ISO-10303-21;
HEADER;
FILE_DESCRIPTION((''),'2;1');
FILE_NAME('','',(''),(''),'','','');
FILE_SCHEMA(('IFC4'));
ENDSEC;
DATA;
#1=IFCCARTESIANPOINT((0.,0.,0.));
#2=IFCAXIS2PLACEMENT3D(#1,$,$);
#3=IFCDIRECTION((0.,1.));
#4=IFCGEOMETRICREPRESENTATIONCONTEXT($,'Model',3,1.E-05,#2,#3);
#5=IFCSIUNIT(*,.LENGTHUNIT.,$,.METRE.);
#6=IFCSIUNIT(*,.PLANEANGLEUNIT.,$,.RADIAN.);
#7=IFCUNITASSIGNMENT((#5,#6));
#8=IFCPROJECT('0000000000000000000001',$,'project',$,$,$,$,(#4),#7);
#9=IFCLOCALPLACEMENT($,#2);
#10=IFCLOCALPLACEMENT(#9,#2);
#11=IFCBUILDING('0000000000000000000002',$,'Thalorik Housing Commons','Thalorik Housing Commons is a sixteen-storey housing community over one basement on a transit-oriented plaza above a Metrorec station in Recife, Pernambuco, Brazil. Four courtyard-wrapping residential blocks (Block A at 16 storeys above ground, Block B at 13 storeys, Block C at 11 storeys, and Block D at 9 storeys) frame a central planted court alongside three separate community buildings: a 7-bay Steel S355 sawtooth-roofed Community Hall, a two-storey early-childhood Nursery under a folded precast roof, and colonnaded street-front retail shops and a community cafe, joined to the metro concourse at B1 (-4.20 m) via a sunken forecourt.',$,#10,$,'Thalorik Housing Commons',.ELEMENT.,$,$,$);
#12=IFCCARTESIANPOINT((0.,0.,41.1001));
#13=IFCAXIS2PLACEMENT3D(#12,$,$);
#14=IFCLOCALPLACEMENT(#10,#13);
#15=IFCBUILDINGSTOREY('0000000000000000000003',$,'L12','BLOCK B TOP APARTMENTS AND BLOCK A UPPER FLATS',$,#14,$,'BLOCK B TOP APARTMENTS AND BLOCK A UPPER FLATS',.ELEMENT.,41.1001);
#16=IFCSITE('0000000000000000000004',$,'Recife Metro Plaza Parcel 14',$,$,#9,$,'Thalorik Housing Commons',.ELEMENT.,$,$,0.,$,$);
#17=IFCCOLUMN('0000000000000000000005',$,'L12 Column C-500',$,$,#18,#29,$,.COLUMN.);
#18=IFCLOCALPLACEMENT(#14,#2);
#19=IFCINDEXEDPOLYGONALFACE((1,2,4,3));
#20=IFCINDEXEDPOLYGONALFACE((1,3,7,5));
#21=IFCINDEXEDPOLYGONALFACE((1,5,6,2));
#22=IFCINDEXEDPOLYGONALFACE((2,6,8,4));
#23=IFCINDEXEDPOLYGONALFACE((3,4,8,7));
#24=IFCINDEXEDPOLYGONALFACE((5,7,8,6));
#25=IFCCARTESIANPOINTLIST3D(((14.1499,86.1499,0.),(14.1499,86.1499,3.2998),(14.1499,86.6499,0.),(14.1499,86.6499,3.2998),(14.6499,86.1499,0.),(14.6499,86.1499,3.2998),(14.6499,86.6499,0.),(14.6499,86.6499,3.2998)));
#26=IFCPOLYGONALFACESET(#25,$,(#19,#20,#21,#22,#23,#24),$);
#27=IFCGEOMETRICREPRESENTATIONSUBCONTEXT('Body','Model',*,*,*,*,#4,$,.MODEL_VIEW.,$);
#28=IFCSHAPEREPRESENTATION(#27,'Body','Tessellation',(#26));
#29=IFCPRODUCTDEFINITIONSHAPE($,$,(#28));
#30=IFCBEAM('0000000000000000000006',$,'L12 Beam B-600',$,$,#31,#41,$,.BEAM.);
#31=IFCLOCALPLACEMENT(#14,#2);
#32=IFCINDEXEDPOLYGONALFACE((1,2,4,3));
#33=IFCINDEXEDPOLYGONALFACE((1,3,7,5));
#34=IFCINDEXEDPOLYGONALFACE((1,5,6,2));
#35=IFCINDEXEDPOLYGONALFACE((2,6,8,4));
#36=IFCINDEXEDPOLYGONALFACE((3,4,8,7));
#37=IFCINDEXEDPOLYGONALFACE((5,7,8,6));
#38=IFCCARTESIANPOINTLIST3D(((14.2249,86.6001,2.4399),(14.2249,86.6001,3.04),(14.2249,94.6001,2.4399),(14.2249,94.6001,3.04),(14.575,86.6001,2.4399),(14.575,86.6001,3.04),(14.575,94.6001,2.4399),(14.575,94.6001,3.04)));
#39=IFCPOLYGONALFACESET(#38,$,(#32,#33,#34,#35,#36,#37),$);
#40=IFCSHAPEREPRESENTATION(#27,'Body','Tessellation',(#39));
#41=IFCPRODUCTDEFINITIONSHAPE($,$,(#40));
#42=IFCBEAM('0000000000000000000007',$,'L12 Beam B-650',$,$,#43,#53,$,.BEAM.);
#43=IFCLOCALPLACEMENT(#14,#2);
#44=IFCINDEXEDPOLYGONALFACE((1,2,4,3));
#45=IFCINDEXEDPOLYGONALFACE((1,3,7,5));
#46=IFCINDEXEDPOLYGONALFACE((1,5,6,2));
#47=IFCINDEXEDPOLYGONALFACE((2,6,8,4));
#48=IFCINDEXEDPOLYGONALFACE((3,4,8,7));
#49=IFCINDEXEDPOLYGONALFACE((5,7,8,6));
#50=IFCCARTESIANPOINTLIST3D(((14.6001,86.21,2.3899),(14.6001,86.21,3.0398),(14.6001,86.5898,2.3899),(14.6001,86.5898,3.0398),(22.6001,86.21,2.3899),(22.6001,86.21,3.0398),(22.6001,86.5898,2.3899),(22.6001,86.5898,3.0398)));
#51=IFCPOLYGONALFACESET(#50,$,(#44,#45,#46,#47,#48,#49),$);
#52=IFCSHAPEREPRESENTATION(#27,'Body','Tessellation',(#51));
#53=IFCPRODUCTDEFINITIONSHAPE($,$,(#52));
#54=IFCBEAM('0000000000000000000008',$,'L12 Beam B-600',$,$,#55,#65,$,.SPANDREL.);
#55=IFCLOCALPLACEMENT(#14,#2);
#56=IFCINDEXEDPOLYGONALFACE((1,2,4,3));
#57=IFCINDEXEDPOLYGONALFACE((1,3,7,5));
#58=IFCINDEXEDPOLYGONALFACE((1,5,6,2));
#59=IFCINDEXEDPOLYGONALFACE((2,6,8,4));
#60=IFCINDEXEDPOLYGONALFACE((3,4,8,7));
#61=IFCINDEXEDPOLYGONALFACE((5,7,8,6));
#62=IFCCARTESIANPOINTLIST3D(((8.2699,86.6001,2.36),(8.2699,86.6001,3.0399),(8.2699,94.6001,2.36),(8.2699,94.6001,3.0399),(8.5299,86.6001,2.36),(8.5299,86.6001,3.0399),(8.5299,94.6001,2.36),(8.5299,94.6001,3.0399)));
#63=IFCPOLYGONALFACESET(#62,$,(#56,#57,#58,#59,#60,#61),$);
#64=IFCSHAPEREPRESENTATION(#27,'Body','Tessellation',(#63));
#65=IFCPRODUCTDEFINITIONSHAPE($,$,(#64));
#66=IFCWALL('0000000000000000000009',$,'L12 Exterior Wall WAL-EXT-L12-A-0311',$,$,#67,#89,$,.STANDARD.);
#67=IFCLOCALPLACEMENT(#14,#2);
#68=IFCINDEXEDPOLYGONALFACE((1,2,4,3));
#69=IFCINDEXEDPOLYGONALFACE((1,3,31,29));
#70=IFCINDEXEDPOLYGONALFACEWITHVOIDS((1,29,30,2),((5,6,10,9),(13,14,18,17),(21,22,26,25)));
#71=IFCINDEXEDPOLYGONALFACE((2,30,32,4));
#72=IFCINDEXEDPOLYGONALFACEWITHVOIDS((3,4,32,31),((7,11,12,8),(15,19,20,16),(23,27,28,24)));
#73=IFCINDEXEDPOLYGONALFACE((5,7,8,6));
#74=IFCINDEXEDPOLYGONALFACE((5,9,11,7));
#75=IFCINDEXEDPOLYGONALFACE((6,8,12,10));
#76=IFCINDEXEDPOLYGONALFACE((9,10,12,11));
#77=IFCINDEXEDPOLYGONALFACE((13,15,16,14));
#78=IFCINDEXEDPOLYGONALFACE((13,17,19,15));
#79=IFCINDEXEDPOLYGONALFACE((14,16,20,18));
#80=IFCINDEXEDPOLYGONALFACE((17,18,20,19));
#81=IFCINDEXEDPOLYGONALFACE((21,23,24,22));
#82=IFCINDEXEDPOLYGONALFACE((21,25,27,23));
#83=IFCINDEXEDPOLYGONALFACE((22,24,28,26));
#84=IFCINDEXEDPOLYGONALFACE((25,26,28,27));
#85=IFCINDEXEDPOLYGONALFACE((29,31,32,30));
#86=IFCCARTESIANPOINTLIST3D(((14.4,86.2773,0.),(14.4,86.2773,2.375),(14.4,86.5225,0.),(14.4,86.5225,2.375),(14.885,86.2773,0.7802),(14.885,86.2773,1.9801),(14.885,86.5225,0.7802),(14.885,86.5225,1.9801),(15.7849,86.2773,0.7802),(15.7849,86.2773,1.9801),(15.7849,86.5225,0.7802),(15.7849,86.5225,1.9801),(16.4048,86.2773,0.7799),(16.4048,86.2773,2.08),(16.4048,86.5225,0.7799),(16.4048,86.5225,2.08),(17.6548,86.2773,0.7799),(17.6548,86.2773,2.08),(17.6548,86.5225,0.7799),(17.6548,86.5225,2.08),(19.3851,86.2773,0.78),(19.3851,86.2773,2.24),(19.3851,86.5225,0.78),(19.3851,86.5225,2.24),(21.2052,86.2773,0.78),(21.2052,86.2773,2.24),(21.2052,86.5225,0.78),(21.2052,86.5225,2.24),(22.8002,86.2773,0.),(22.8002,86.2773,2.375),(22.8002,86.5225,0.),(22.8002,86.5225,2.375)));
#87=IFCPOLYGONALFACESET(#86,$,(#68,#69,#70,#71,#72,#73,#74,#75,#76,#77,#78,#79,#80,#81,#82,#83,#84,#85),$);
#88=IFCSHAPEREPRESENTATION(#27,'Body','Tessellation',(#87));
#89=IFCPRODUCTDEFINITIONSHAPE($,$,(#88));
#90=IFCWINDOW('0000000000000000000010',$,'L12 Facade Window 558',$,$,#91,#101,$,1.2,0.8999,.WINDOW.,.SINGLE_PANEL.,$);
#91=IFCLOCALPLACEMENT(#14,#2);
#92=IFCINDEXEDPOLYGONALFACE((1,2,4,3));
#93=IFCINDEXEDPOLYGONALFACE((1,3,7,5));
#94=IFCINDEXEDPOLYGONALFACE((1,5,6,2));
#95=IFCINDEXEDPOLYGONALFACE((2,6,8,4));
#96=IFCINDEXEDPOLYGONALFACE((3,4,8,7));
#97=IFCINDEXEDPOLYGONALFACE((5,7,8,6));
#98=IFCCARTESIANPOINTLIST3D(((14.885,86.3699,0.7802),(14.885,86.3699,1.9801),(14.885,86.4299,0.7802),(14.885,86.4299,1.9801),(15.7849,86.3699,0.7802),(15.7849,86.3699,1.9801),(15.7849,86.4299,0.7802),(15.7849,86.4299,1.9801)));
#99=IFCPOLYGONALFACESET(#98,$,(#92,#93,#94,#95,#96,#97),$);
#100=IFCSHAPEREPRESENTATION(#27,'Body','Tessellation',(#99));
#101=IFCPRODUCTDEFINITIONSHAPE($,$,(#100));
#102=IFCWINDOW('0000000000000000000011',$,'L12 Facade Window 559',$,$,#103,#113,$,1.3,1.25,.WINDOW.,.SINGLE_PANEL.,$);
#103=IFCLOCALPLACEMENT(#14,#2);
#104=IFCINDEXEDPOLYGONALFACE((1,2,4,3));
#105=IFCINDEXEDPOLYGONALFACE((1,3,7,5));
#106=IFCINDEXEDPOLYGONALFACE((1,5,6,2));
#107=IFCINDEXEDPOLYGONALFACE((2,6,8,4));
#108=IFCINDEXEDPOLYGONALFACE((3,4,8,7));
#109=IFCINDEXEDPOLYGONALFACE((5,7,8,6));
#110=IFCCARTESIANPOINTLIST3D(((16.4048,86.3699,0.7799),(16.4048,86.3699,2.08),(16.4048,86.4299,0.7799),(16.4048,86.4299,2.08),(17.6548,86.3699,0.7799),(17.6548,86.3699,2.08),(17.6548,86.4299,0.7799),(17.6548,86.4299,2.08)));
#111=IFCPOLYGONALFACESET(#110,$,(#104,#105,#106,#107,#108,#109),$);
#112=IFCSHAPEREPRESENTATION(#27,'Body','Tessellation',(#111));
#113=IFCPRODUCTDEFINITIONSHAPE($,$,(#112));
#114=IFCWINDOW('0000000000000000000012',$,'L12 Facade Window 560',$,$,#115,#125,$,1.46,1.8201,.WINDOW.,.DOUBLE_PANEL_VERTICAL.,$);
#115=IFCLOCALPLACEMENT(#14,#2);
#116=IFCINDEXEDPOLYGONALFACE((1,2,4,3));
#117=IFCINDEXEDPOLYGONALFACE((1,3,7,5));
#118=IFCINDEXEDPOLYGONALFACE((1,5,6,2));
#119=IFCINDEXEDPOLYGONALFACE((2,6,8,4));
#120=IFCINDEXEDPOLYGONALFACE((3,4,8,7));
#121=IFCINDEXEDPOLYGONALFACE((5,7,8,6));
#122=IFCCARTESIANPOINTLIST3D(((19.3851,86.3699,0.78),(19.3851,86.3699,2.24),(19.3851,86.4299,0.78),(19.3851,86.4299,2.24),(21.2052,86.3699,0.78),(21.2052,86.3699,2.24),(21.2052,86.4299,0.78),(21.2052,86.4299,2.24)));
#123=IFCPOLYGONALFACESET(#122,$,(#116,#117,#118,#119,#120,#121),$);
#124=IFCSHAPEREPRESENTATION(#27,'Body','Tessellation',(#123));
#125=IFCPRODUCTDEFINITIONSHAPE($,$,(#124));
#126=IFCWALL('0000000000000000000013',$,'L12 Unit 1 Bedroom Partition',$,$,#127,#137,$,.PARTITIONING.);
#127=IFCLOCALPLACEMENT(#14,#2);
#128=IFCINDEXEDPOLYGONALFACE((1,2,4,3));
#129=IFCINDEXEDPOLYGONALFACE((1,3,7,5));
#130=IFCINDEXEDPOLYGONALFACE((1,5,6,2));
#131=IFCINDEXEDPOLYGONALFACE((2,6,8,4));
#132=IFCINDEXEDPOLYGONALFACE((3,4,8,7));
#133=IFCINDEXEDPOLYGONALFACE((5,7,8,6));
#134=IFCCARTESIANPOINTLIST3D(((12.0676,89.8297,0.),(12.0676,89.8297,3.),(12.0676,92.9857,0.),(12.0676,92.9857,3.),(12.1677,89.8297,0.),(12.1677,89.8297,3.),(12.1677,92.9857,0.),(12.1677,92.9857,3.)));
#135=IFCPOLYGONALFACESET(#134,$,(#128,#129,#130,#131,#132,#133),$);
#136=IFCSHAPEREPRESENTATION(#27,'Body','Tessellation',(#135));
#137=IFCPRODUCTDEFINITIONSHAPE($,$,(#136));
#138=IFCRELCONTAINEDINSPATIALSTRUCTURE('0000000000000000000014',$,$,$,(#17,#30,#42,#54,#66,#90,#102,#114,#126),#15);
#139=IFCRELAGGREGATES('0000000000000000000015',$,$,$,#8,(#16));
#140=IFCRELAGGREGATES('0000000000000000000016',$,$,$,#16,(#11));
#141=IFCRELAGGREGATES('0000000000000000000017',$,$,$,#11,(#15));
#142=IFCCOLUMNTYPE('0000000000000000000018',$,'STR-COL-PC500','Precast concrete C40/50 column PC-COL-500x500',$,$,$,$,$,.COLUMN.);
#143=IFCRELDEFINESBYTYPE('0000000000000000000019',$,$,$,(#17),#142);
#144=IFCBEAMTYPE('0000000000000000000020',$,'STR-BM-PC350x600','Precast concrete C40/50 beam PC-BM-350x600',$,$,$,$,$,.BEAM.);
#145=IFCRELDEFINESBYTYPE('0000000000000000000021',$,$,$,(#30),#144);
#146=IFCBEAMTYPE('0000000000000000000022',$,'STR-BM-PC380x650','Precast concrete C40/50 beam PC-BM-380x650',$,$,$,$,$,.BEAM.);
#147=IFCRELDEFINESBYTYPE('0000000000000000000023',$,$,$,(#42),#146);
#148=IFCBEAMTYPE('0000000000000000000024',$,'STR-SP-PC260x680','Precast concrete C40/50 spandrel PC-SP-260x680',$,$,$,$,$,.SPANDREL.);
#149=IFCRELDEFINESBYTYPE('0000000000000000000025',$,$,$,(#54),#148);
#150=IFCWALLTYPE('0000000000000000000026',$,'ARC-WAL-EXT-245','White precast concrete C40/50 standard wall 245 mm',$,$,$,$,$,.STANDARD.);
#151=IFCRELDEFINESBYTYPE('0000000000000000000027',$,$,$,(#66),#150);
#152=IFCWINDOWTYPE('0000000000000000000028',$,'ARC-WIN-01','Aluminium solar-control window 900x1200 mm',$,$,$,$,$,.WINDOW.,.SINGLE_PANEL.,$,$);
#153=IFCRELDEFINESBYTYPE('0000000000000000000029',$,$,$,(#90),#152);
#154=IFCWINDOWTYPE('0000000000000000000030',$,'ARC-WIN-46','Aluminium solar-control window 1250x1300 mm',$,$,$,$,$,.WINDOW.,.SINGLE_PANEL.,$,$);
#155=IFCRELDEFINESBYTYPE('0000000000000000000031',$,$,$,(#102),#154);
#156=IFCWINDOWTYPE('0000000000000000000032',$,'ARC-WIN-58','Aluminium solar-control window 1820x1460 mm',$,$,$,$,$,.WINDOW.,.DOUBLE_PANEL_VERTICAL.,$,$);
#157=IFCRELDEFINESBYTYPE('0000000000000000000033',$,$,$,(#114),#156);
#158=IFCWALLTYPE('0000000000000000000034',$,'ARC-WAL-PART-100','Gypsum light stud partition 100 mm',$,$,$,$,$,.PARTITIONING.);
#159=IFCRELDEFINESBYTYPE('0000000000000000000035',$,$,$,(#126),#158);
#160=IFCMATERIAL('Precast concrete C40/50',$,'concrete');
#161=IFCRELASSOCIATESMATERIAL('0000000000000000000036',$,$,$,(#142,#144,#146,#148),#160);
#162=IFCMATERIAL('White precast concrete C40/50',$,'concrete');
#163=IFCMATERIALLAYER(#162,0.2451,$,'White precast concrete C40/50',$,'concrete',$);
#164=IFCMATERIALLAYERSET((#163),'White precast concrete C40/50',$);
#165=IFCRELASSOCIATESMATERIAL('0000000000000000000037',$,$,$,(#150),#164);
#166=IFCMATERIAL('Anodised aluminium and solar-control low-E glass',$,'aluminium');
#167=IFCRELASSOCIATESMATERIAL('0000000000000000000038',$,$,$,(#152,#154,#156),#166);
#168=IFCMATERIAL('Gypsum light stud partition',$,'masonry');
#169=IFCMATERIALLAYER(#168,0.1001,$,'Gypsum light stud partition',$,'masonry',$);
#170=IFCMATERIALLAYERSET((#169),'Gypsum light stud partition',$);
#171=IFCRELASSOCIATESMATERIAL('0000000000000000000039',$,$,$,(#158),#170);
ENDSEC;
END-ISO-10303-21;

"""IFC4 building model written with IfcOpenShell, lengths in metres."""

from ifc_helpers import new_model, si_unit, direction, frame, frame_2d, origin, origin_2d, place, context, subcontext, project, spatial, rectangle, extrude, material, layer, layer_set, material_profile, profile_set, type_object, element, fill, save


model = new_model("IFC4")

# Units and contexts
model_context = context("Model", 3, precision=1e-05, world=origin(), true_north=direction((0.0, 1.0)))
body_context = subcontext(model_context, "Body", "Model", "MODEL_VIEW")
ifc_project = project(units=[si_unit("LENGTHUNIT", "METRE"), si_unit("PLANEANGLEUNIT", "RADIAN")], contexts=[model_context])

# Site, building, storey
site_placement = place(None, origin())
site = spatial("IfcSite", under=ifc_project, at=site_placement, Name="Recife Metro Plaza Parcel 14", LongName="Thalorik Housing Commons", CompositionType="ELEMENT", RefElevation=0.0)
building_placement = place(site_placement, origin())
building = spatial("IfcBuilding", under=site, at=building_placement, Name="Thalorik Housing Commons", Description="Thalorik Housing Commons is a sixteen-storey housing community over one basement on a transit-oriented plaza above a Metrorec station in Recife, Pernambuco, Brazil. Four courtyard-wrapping residential blocks (Block A at 16 storeys above ground, Block B at 13 storeys, Block C at 11 storeys, and Block D at 9 storeys) frame a central planted court alongside three separate community buildings: a 7-bay Steel S355 sawtooth-roofed Community Hall, a two-storey early-childhood Nursery under a folded precast roof, and colonnaded street-front retail shops and a community cafe, joined to the metro concourse at B1 (-4.20 m) via a sunken forecourt.", LongName="Thalorik Housing Commons", CompositionType="ELEMENT")
storey_placement = place(building_placement, frame((0.0, 0.0, 41.1001)))
storey = spatial("IfcBuildingStorey", under=building, at=storey_placement, Name="L12", Description="BLOCK B TOP APARTMENTS AND BLOCK A UPPER FLATS", LongName="BLOCK B TOP APARTMENTS AND BLOCK A UPPER FLATS", CompositionType="ELEMENT", Elevation=41.1001)

# Column
ifc_material_1 = material(Name="Precast concrete C40/50", Category="concrete")
ifc_material_profile_1 = material_profile(ifc_material_1, rectangle(XDim=0.5, YDim=0.5, at=origin_2d()), Name="PC 500x500", Category="concrete")
ifc_profile_set_1 = profile_set([ifc_material_profile_1], Name="Precast concrete C40/50")
column_type = type_object("IfcColumnType", Name="STR-COL-PC500", Description="Precast concrete C40/50 column PC-COL-500x500", PredefinedType="COLUMN", material=ifc_profile_set_1)
column_placement = place(storey_placement, frame((14.3999, 86.3999, 0.0), z_axis=(0.0, 0.0, 1.0), x_axis=(1.0, 0.0, 0.0)))
element("IfcColumn", 1, at=column_placement, inside=storey, type_object=column_type, Name="L12 Column C-500", PredefinedType="COLUMN", context=body_context, shape_type="SweptSolid", body=[
    extrude(rectangle(XDim=0.5, YDim=0.5, at=origin_2d()), origin(), (0.0, 0.0, 1.0), 3.2998),
])

# Beams
ifc_material_profile_2 = material_profile(ifc_material_1, rectangle(XDim=0.3501, YDim=0.6001, at=origin_2d()), Name="PC 350x600", Category="concrete")
ifc_profile_set_2 = profile_set([ifc_material_profile_2], Name="Precast concrete C40/50")
beam_type_1 = type_object("IfcBeamType", Name="STR-BM-PC350x600", Description="Precast concrete C40/50 beam PC-BM-350x600", PredefinedType="BEAM", material=ifc_profile_set_2)
beam_1_placement = place(storey_placement, frame((14.3999, 86.6001, 2.74), z_axis=(0.0, 1.0, 0.0), x_axis=(-1.0, 0.0, 0.0)))
element("IfcBeam", 2, at=beam_1_placement, inside=storey, type_object=beam_type_1, Name="L12 Beam B-600", PredefinedType="BEAM", context=body_context, shape_type="SweptSolid", body=[
    extrude(rectangle(XDim=0.3501, YDim=0.6001, at=origin_2d()), origin(), (0.0, 0.0, 1.0), 8.0),
])
ifc_material_profile_3 = material_profile(ifc_material_1, rectangle(XDim=0.3799, YDim=0.6499, at=origin_2d()), Name="PC 380x650", Category="concrete")
ifc_profile_set_3 = profile_set([ifc_material_profile_3], Name="Precast concrete C40/50")
beam_type_2 = type_object("IfcBeamType", Name="STR-BM-PC380x650", Description="Precast concrete C40/50 beam PC-BM-380x650", PredefinedType="BEAM", material=ifc_profile_set_3)
beam_2_placement = place(storey_placement, frame((14.6001, 86.3999, 2.7148), z_axis=(1.0, 0.0, 0.0), x_axis=(0.0, 1.0, 0.0)))
element("IfcBeam", 3, at=beam_2_placement, inside=storey, type_object=beam_type_2, Name="L12 Beam B-650", PredefinedType="BEAM", context=body_context, shape_type="SweptSolid", body=[
    extrude(rectangle(XDim=0.3799, YDim=0.6499, at=origin_2d()), origin(), (0.0, 0.0, 1.0), 8.0),
])
ifc_material_profile_4 = material_profile(ifc_material_1, rectangle(XDim=0.26, YDim=0.6799, at=origin_2d()), Name="PC SP 260x680", Category="concrete")
ifc_profile_set_4 = profile_set([ifc_material_profile_4], Name="Precast concrete C40/50")
beam_type_3 = type_object("IfcBeamType", Name="STR-SP-PC260x680", Description="Precast concrete C40/50 spandrel PC-SP-260x680", PredefinedType="SPANDREL", material=ifc_profile_set_4)
beam_3_placement = place(storey_placement, frame((8.3999, 86.6001, 2.7), z_axis=(0.0, 1.0, 0.0), x_axis=(-1.0, 0.0, 0.0)))
element("IfcBeam", 4, at=beam_3_placement, inside=storey, type_object=beam_type_3, Name="L12 Beam B-600", PredefinedType="SPANDREL", context=body_context, shape_type="SweptSolid", body=[
    extrude(rectangle(XDim=0.26, YDim=0.6799, at=origin_2d()), origin(), (0.0, 0.0, 1.0), 8.0),
])

# Wall, openings, windows
ifc_material_2 = material(Name="White precast concrete C40/50", Category="concrete")
ifc_layer_1 = layer(ifc_material_2, 0.2451, Name="White precast concrete C40/50", Category="concrete")
ifc_layer_set_1 = layer_set([ifc_layer_1], Name="White precast concrete C40/50")
wall_type_1 = type_object("IfcWallType", Name="ARC-WAL-EXT-245", Description="White precast concrete C40/50 standard wall 245 mm", PredefinedType="STANDARD", material=ifc_layer_set_1)
wall_1_placement = place(storey_placement, frame((14.3999, 86.3999, 0.0), z_axis=(0.0, 0.0, 1.0), x_axis=(1.0, 0.0, 0.0)))
wall_1 = element("IfcWall", 5, at=wall_1_placement, inside=storey, type_object=wall_type_1, Name="L12 Exterior Wall WAL-EXT-L12-A-0311", PredefinedType="STANDARD", context=body_context, shape_type="SweptSolid", body=[
    extrude(rectangle(XDim=8.4001, YDim=0.2451, at=frame_2d((4.2002, 0.0))), origin(), (0.0, 0.0, 1.0), 2.375),
])
opening_1_placement = place(wall_1_placement, frame((0.4851, 0.0, 0.78)))
opening_1 = element("IfcOpeningElement", 6, at=opening_1_placement, cuts=wall_1, PredefinedType="OPENING", context=body_context, shape_type="SweptSolid", body=[
    extrude(rectangle(XDim=0.8999, YDim=1.2, at=frame_2d((0.45, 0.6001))), frame((0.0, 0.1326, 0.0), z_axis=(0.0, -1.0, 0.0), x_axis=(1.0, 0.0, 0.0)), (0.0, 0.0, 1.0), 0.2651),
])
opening_2_placement = place(wall_1_placement, frame((2.0049, 0.0, 0.78)))
opening_2 = element("IfcOpeningElement", 7, at=opening_2_placement, cuts=wall_1, PredefinedType="OPENING", context=body_context, shape_type="SweptSolid", body=[
    extrude(rectangle(XDim=1.25, YDim=1.3, at=frame_2d((0.625, 0.6499))), frame((0.0, 0.1326, 0.0), z_axis=(0.0, -1.0, 0.0), x_axis=(1.0, 0.0, 0.0)), (0.0, 0.0, 1.0), 0.2651),
])
opening_3_placement = place(wall_1_placement, frame((4.9851, 0.0, 0.78)))
opening_3 = element("IfcOpeningElement", 8, at=opening_3_placement, cuts=wall_1, PredefinedType="OPENING", context=body_context, shape_type="SweptSolid", body=[
    extrude(rectangle(XDim=1.8201, YDim=1.46, at=frame_2d((0.9102, 0.73))), frame((0.0, 0.1326, 0.0), z_axis=(0.0, -1.0, 0.0), x_axis=(1.0, 0.0, 0.0)), (0.0, 0.0, 1.0), 0.2651),
])
ifc_material_3 = material(Name="Anodised aluminium and solar-control low-E glass", Category="aluminium")
window_type_1 = type_object("IfcWindowType", Name="ARC-WIN-01", Description="Aluminium solar-control window 900x1200 mm", PartitioningType="SINGLE_PANEL", PredefinedType="WINDOW", material=ifc_material_3)
window_1_placement = place(opening_1_placement, origin())
window_1 = element("IfcWindow", 9, at=window_1_placement, inside=storey, type_object=window_type_1, Name="L12 Facade Window 558", OverallHeight=1.2, OverallWidth=0.8999, PartitioningType="SINGLE_PANEL", PredefinedType="WINDOW", context=body_context, shape_type="SweptSolid", body=[
    extrude(rectangle(XDim=0.8999, YDim=1.2, at=frame_2d((0.45, 0.6001))), frame((0.0, 0.03, 0.0), z_axis=(0.0, -1.0, 0.0), x_axis=(1.0, 0.0, 0.0)), (0.0, 0.0, 1.0), 0.0601),
])
fill(opening_1, window_1)
window_type_2 = type_object("IfcWindowType", Name="ARC-WIN-46", Description="Aluminium solar-control window 1250x1300 mm", PartitioningType="SINGLE_PANEL", PredefinedType="WINDOW", material=ifc_material_3)
window_2_placement = place(opening_2_placement, origin())
window_2 = element("IfcWindow", 10, at=window_2_placement, inside=storey, type_object=window_type_2, Name="L12 Facade Window 559", OverallHeight=1.3, OverallWidth=1.25, PartitioningType="SINGLE_PANEL", PredefinedType="WINDOW", context=body_context, shape_type="SweptSolid", body=[
    extrude(rectangle(XDim=1.25, YDim=1.3, at=frame_2d((0.625, 0.6499))), frame((0.0, 0.03, 0.0), z_axis=(0.0, -1.0, 0.0), x_axis=(1.0, 0.0, 0.0)), (0.0, 0.0, 1.0), 0.0601),
])
fill(opening_2, window_2)
window_type_3 = type_object("IfcWindowType", Name="ARC-WIN-58", Description="Aluminium solar-control window 1820x1460 mm", PartitioningType="DOUBLE_PANEL_VERTICAL", PredefinedType="WINDOW", material=ifc_material_3)
window_3_placement = place(opening_3_placement, origin())
window_3 = element("IfcWindow", 11, at=window_3_placement, inside=storey, type_object=window_type_3, Name="L12 Facade Window 560", OverallHeight=1.46, OverallWidth=1.8201, PartitioningType="DOUBLE_PANEL_VERTICAL", PredefinedType="WINDOW", context=body_context, shape_type="SweptSolid", body=[
    extrude(rectangle(XDim=1.8201, YDim=1.46, at=frame_2d((0.9102, 0.73))), frame((0.0, 0.03, 0.0), z_axis=(0.0, -1.0, 0.0), x_axis=(1.0, 0.0, 0.0)), (0.0, 0.0, 1.0), 0.0601),
])
fill(opening_3, window_3)

# Wall
ifc_material_4 = material(Name="Gypsum light stud partition", Category="masonry")
ifc_layer_2 = layer(ifc_material_4, 0.1001, Name="Gypsum light stud partition", Category="masonry")
ifc_layer_set_2 = layer_set([ifc_layer_2], Name="Gypsum light stud partition")
wall_type_2 = type_object("IfcWallType", Name="ARC-WAL-PART-100", Description="Gypsum light stud partition 100 mm", PredefinedType="PARTITIONING", material=ifc_layer_set_2)
wall_2_placement = place(storey_placement, frame((12.1177, 89.8296, 0.0), z_axis=(0.0, 0.0, 1.0), x_axis=(0.0, 1.0, 0.0)))
element("IfcWall", 12, at=wall_2_placement, inside=storey, type_object=wall_type_2, Name="L12 Unit 1 Bedroom Partition", PredefinedType="PARTITIONING", context=body_context, shape_type="SweptSolid", body=[
    extrude(rectangle(XDim=3.156, YDim=0.1001, at=frame_2d((1.5781, 0.0))), origin(), (0.0, 0.0, 1.0), 3.0),
])

save(model, "model.ifc")
